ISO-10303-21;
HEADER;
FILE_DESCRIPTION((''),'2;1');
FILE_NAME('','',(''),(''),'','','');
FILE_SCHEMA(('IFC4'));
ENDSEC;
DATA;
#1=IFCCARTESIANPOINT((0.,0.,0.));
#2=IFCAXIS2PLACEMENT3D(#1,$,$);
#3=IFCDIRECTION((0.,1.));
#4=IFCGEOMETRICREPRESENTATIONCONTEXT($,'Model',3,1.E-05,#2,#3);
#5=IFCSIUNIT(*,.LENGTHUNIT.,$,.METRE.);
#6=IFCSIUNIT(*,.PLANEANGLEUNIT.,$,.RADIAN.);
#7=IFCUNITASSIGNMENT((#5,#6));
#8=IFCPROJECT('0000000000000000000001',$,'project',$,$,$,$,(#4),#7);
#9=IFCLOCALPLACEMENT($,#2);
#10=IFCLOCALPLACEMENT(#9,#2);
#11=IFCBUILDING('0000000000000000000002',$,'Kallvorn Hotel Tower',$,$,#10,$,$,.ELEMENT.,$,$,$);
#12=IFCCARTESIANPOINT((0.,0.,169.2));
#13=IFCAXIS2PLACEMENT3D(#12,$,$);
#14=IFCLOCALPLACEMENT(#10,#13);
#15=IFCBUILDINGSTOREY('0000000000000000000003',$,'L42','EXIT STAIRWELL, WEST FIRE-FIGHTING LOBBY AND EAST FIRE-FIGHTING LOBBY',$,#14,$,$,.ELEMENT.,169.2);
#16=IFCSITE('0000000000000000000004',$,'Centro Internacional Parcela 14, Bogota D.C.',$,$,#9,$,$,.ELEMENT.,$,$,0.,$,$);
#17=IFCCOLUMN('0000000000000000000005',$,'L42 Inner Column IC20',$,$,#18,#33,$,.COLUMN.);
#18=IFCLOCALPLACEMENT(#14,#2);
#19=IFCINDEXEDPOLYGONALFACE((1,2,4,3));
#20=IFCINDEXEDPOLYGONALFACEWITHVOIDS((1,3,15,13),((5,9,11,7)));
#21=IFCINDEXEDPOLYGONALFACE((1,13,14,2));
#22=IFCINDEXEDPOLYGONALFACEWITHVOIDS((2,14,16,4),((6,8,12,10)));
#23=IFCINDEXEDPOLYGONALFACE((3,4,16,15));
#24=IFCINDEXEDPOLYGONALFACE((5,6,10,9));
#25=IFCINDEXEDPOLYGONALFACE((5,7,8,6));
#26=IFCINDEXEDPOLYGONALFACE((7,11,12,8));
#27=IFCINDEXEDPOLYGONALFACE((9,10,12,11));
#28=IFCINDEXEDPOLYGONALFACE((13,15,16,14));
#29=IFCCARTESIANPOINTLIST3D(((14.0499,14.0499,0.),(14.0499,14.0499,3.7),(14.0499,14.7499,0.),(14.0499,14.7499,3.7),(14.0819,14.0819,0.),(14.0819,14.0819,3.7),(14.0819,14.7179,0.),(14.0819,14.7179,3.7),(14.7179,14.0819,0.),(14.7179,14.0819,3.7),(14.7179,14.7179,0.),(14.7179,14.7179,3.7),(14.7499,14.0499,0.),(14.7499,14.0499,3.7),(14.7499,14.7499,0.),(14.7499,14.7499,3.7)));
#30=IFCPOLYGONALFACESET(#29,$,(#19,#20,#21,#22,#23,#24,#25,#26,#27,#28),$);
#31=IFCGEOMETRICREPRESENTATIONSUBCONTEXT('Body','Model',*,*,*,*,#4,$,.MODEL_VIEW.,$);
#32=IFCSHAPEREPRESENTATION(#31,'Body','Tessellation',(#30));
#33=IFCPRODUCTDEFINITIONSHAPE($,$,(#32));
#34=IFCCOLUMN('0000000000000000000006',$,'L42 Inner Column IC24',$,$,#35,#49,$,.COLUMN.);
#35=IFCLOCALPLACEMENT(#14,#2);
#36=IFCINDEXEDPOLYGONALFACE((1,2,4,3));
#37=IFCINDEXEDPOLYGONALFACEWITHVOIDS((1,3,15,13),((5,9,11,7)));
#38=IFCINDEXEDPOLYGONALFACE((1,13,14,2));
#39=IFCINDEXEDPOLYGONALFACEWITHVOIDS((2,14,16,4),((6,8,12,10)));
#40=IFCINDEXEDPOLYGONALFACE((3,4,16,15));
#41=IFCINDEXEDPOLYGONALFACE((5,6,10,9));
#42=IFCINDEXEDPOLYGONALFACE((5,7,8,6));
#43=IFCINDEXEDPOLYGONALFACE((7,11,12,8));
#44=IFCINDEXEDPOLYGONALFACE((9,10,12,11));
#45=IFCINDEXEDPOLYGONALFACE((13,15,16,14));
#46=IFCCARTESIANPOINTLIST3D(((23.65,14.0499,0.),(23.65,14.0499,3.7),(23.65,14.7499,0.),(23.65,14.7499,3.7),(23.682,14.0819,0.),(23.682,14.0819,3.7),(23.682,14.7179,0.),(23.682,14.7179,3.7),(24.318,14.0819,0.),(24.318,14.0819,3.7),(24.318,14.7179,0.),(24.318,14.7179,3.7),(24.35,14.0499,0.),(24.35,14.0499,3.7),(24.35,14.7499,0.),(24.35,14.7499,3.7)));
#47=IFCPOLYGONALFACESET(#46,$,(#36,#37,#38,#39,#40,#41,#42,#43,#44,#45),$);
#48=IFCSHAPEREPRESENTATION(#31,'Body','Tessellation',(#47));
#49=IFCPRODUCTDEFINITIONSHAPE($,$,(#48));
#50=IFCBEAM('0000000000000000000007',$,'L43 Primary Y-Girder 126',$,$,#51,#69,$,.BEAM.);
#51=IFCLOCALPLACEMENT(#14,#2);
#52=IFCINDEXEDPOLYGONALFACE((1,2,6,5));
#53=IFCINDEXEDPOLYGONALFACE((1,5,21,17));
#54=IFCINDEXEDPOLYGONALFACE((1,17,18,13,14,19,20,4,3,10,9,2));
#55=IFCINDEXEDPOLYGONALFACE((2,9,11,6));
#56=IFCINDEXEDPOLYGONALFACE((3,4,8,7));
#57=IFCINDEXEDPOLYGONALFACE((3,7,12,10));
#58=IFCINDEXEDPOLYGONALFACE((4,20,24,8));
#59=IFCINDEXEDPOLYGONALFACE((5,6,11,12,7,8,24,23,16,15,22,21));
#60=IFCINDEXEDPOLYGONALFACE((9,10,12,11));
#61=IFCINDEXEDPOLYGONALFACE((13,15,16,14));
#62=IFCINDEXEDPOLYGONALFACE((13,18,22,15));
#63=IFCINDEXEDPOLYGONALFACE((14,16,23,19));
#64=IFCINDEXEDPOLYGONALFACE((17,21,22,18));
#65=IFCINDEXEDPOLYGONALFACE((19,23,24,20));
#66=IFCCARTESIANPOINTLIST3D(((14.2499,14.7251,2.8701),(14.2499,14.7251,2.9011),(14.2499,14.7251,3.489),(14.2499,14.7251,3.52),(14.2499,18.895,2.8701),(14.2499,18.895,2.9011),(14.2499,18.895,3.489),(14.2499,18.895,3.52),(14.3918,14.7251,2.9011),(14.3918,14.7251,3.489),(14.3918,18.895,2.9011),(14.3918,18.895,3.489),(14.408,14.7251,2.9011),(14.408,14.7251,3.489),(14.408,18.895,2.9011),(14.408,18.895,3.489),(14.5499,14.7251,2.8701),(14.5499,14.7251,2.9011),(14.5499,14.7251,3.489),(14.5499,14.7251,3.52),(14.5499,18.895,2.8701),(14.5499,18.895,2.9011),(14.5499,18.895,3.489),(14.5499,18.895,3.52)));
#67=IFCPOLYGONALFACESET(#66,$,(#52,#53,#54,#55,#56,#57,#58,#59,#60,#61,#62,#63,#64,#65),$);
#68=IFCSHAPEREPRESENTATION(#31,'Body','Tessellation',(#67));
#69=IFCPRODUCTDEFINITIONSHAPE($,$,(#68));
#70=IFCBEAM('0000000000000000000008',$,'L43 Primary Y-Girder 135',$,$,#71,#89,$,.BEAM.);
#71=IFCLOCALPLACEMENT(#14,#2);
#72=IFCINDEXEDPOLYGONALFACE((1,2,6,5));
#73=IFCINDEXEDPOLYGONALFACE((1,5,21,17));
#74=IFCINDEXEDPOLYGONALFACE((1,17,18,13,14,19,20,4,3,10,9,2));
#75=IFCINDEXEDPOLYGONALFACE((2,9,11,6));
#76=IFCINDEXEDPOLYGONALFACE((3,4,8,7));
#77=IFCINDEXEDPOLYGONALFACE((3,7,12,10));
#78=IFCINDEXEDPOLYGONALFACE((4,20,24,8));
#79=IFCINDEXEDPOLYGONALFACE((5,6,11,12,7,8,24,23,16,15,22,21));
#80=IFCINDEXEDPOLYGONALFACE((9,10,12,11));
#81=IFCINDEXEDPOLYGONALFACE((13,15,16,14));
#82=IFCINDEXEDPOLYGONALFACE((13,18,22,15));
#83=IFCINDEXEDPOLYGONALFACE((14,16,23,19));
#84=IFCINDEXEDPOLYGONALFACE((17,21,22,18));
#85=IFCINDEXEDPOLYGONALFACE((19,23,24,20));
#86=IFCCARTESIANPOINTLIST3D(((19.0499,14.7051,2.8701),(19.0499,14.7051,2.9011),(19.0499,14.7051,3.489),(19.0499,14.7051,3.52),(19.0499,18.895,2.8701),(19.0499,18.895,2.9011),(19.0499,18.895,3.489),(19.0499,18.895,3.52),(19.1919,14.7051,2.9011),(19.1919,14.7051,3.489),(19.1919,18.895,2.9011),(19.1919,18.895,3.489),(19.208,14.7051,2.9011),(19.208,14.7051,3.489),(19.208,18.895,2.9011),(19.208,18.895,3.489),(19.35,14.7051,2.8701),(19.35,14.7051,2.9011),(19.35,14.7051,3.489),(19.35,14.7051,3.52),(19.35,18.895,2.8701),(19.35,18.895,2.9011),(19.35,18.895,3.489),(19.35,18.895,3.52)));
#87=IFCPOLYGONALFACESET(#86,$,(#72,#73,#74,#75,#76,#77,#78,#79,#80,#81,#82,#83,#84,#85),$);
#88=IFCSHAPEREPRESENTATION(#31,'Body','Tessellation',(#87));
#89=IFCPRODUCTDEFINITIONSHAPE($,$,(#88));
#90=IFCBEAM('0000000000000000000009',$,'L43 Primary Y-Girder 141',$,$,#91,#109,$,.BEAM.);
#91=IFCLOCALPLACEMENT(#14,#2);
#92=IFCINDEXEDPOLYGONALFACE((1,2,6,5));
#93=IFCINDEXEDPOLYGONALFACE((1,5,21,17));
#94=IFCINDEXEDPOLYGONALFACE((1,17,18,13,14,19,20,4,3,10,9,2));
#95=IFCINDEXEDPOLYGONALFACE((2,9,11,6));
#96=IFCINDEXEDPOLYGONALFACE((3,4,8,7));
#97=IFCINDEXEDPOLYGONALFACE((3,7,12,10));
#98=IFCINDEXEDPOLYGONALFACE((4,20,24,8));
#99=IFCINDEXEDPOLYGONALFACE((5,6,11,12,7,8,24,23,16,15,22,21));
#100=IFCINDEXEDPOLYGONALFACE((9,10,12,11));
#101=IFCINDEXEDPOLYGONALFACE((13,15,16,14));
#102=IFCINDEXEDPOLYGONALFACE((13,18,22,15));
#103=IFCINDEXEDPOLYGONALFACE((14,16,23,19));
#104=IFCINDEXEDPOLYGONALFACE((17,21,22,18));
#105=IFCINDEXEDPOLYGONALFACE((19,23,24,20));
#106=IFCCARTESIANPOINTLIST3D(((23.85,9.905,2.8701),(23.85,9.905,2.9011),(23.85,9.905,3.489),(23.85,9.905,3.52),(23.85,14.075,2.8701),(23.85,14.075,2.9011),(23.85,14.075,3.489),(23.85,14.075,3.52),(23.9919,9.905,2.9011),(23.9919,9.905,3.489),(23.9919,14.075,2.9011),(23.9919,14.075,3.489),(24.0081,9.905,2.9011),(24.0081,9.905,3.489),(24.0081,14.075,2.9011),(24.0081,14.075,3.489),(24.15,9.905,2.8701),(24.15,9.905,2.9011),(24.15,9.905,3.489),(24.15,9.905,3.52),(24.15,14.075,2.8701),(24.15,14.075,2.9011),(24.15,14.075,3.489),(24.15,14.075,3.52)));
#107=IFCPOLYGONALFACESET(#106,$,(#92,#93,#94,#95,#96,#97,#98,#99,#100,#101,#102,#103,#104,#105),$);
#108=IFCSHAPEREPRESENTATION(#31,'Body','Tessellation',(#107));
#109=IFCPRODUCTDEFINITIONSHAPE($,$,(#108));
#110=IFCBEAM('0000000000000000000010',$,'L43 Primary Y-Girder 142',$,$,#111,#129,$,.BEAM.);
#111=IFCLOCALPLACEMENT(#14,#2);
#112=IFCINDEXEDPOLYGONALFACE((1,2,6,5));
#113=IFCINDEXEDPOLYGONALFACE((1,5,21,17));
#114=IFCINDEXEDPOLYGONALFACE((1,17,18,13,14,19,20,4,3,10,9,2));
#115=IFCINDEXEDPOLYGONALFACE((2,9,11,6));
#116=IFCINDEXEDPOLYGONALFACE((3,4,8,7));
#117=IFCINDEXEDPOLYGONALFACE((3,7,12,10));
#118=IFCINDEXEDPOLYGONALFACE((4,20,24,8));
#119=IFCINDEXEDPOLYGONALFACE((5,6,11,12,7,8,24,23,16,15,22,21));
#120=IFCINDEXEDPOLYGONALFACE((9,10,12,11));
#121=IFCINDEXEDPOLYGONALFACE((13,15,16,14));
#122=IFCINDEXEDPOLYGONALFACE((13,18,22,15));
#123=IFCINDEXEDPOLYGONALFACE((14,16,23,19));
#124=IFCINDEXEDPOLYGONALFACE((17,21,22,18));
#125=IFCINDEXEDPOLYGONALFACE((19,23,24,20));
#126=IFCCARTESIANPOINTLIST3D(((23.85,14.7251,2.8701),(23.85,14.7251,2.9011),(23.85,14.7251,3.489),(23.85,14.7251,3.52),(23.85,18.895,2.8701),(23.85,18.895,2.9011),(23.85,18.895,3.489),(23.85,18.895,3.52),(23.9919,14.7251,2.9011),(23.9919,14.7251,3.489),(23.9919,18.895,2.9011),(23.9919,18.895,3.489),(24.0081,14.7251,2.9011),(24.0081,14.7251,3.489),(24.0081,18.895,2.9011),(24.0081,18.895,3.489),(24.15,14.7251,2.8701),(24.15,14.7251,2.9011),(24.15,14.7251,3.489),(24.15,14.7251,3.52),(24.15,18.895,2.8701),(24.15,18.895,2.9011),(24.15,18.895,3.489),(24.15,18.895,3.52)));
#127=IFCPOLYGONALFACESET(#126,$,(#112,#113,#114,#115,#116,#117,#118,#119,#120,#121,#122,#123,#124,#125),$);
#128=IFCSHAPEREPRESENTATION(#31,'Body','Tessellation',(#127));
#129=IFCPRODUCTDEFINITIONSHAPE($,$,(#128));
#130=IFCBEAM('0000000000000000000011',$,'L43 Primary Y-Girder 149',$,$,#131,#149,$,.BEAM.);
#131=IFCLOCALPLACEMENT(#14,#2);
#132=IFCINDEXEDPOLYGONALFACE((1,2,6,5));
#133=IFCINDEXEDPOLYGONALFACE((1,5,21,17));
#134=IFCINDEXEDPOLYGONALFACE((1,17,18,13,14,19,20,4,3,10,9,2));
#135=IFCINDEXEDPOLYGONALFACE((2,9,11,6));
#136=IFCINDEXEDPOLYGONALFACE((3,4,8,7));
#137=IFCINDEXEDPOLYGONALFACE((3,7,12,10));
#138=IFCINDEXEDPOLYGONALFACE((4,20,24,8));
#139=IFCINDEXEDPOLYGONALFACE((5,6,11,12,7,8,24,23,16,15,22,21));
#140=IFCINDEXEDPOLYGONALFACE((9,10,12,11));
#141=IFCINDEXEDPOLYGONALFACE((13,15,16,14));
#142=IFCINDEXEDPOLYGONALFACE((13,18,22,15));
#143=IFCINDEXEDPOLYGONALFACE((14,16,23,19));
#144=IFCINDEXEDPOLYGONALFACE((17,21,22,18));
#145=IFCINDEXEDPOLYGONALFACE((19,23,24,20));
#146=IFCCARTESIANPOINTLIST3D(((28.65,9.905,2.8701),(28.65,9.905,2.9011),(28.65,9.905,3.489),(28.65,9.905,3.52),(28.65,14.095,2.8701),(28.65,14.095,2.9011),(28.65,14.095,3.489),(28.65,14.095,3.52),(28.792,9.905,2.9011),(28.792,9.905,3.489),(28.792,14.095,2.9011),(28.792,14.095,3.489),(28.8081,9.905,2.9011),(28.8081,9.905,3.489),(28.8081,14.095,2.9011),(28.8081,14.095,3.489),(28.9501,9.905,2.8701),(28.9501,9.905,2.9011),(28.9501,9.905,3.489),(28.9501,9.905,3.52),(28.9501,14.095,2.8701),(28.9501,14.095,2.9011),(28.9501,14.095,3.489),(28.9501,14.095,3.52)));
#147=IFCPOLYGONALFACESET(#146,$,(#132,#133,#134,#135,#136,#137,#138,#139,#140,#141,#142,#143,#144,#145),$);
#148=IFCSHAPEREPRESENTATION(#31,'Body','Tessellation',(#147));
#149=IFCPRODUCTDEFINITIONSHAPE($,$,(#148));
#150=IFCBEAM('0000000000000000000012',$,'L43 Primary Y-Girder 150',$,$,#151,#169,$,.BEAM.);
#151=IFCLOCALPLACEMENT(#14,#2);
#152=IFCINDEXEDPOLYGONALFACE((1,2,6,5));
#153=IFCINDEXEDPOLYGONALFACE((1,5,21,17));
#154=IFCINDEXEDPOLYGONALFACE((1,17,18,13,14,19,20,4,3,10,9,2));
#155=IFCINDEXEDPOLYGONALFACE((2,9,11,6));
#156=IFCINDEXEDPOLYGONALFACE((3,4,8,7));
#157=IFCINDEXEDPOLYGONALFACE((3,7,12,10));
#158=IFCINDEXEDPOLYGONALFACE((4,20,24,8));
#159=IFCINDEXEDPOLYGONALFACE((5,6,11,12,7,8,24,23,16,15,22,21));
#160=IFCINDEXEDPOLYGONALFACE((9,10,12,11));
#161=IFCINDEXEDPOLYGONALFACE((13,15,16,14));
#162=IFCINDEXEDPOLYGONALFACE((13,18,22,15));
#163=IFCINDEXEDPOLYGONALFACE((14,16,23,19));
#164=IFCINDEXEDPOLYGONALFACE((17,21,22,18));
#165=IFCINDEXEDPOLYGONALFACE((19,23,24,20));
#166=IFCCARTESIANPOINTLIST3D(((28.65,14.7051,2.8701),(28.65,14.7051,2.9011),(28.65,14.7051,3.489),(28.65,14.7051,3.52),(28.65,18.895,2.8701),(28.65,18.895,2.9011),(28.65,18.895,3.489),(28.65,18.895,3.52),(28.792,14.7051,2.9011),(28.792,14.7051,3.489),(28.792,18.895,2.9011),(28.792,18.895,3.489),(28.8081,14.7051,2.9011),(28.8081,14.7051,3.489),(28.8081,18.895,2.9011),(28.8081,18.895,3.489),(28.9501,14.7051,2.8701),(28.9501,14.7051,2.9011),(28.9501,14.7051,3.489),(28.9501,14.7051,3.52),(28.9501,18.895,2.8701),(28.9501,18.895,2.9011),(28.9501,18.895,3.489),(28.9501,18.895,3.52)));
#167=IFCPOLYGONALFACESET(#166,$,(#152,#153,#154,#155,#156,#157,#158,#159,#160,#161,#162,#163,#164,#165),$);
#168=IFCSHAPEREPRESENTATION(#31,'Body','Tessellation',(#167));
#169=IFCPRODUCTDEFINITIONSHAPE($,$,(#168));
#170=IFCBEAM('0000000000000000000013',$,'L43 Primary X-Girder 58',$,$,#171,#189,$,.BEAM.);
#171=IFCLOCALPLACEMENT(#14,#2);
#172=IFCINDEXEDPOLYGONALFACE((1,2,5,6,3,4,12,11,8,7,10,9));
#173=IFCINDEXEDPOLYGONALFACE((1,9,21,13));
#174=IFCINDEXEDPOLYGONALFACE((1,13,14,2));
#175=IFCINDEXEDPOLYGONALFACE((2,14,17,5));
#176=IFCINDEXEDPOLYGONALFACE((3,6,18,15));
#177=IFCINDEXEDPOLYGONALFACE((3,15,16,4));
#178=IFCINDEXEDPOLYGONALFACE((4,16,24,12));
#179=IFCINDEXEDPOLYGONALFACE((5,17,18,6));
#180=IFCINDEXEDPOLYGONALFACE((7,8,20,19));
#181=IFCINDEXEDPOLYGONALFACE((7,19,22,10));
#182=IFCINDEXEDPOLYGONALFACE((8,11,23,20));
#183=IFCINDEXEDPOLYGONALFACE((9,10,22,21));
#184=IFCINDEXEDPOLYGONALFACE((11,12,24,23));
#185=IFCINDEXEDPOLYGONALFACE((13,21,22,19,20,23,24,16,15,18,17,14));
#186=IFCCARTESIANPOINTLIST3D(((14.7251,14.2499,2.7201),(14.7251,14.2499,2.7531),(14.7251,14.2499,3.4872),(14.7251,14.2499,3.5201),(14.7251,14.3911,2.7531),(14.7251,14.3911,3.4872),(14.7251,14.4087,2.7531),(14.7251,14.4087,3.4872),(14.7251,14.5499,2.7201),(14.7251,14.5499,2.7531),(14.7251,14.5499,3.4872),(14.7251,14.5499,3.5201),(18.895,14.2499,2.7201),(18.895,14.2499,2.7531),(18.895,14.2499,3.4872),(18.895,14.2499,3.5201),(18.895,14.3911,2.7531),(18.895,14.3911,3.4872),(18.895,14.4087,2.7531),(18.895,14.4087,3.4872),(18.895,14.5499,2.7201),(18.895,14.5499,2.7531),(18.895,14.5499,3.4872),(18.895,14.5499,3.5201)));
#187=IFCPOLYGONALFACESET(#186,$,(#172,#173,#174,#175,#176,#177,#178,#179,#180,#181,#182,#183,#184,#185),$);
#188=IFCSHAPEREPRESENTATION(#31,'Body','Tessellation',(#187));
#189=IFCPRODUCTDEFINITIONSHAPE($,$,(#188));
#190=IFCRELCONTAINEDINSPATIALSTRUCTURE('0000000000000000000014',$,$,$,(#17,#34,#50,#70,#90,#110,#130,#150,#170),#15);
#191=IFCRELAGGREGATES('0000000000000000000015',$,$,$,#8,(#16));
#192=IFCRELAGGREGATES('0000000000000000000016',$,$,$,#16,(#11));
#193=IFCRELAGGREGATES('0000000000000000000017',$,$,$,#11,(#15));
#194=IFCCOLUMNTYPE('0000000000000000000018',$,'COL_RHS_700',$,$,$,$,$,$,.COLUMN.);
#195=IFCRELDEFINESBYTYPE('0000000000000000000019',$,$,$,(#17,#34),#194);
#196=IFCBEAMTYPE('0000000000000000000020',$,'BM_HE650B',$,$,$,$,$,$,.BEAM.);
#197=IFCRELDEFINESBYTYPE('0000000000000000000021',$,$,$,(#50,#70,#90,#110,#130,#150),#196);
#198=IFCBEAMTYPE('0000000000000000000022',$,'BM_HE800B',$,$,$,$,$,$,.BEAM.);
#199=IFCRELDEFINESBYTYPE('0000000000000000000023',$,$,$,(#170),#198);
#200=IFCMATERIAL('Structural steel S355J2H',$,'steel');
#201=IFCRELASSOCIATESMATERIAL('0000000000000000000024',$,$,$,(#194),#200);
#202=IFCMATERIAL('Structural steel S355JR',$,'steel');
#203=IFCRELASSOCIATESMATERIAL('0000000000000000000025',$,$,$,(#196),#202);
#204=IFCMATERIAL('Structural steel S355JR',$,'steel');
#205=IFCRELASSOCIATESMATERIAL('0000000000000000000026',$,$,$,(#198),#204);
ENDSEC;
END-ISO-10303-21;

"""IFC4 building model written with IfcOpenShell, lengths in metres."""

from ifc_helpers import new_model, si_unit, direction, frame, origin, origin_2d, place, context, subcontext, project, spatial, hollow_rectangle, i_section, extrude, material, material_profile, profile_set, type_object, element, save


model = new_model("IFC4")

# Units and contexts
model_context = context("Model", 3, precision=1e-05, world=origin(), true_north=direction((0.0, 1.0)))
body_context = subcontext(model_context, "Body", "Model", "MODEL_VIEW")
ifc_project = project(units=[si_unit("LENGTHUNIT", "METRE"), si_unit("PLANEANGLEUNIT", "RADIAN")], contexts=[model_context])

# Site, building, storey
site_placement = place(None, origin())
site = spatial("IfcSite", under=ifc_project, at=site_placement, Name="Centro Internacional Parcela 14, Bogota D.C.", CompositionType="ELEMENT", RefElevation=0.0)
building_placement = place(site_placement, origin())
building = spatial("IfcBuilding", under=site, at=building_placement, Name="Kallvorn Hotel Tower", CompositionType="ELEMENT")
storey_placement = place(building_placement, frame((0.0, 0.0, 169.2)))
storey = spatial("IfcBuildingStorey", under=building, at=storey_placement, Name="L42", Description="EXIT STAIRWELL, WEST FIRE-FIGHTING LOBBY AND EAST FIRE-FIGHTING LOBBY", CompositionType="ELEMENT", Elevation=169.2)

# Columns
ifc_material_1 = material(Name="Structural steel S355J2H", Category="steel")
ifc_material_profile_1 = material_profile(ifc_material_1, hollow_rectangle(XDim=0.7, YDim=0.7, WallThickness=0.032, at=origin_2d()), Name="RHS 700x700x32")
ifc_profile_set_1 = profile_set([ifc_material_profile_1], Name="Structural steel S355J2H")
column_type_1 = type_object("IfcColumnType", Name="COL_RHS_700", PredefinedType="COLUMN", material=ifc_profile_set_1)
for number, where, z_axis, x_axis, name in (
    (1, (14.3999, 14.3999, 0.0), (0.0, 0.0, 1.0), (1.0, 0.0, 0.0), "L42 Inner Column IC20"),
    (2, (24.0, 14.3999, 0.0), (0.0, 0.0, 1.0), (1.0, 0.0, 0.0), "L42 Inner Column IC24"),
):
    element("IfcColumn", number, at=place(storey_placement, frame(where, z_axis=z_axis, x_axis=x_axis)), inside=storey, type_object=column_type_1, Name=name, PredefinedType="COLUMN", context=body_context, shape_type="SweptSolid", body=[
        extrude(hollow_rectangle(XDim=0.7, YDim=0.7, WallThickness=0.032, at=origin_2d()), origin(), (0.0, 0.0, 1.0), 3.7),
    ])

# Beams
ifc_material_2 = material(Name="Structural steel S355JR", Category="steel")
ifc_material_profile_2 = material_profile(ifc_material_2, i_section(OverallWidth=0.3, OverallDepth=0.6499, WebThickness=0.0161, FlangeThickness=0.031, at=origin_2d()), Name="HE 650 B")
ifc_profile_set_2 = profile_set([ifc_material_profile_2], Name="Structural steel S355JR")
beam_type_1 = type_object("IfcBeamType", Name="BM_HE650B", PredefinedType="BEAM", material=ifc_profile_set_2)
beam_1_placement = place(storey_placement, frame((14.3999, 14.7251, 3.1951), z_axis=(0.0, 1.0, 0.0), x_axis=(-1.0, 0.0, 0.0)))
element("IfcBeam", 3, at=beam_1_placement, inside=storey, type_object=beam_type_1, Name="L43 Primary Y-Girder 126", PredefinedType="BEAM", context=body_context, shape_type="SweptSolid", body=[
    extrude(i_section(OverallWidth=0.3, OverallDepth=0.6499, WebThickness=0.0161, FlangeThickness=0.031, at=origin_2d()), origin(), (0.0, 0.0, 1.0), 4.1699),
])
beam_2_placement = place(storey_placement, frame((19.2, 14.7051, 3.1951), z_axis=(0.0, 1.0, 0.0), x_axis=(-1.0, 0.0, 0.0)))
element("IfcBeam", 4, at=beam_2_placement, inside=storey, type_object=beam_type_1, Name="L43 Primary Y-Girder 135", PredefinedType="BEAM", context=body_context, shape_type="SweptSolid", body=[
    extrude(i_section(OverallWidth=0.3, OverallDepth=0.6499, WebThickness=0.0161, FlangeThickness=0.031, at=origin_2d()), origin(), (0.0, 0.0, 1.0), 4.1899),
])
for number, where, z_axis, x_axis, name in (
    (5, (24.0, 9.905, 3.1951), (0.0, 1.0, 0.0), (-1.0, 0.0, 0.0), "L43 Primary Y-Girder 141"),
    (6, (24.0, 14.7251, 3.1951), (0.0, 1.0, 0.0), (-1.0, 0.0, 0.0), "L43 Primary Y-Girder 142"),
):
    element("IfcBeam", number, at=place(storey_placement, frame(where, z_axis=z_axis, x_axis=x_axis)), inside=storey, type_object=beam_type_1, Name=name, PredefinedType="BEAM", context=body_context, shape_type="SweptSolid", body=[
        extrude(i_section(OverallWidth=0.3, OverallDepth=0.6499, WebThickness=0.0161, FlangeThickness=0.031, at=origin_2d()), origin(), (0.0, 0.0, 1.0), 4.1699),
    ])
for number, where, z_axis, x_axis, name in (
    (7, (28.8, 9.905, 3.1951), (0.0, 1.0, 0.0), (-1.0, 0.0, 0.0), "L43 Primary Y-Girder 149"),
    (8, (28.8, 14.7051, 3.1951), (0.0, 1.0, 0.0), (-1.0, 0.0, 0.0), "L43 Primary Y-Girder 150"),
):
    element("IfcBeam", number, at=place(storey_placement, frame(where, z_axis=z_axis, x_axis=x_axis)), inside=storey, type_object=beam_type_1, Name=name, PredefinedType="BEAM", context=body_context, shape_type="SweptSolid", body=[
        extrude(i_section(OverallWidth=0.3, OverallDepth=0.6499, WebThickness=0.0161, FlangeThickness=0.031, at=origin_2d()), origin(), (0.0, 0.0, 1.0), 4.1899),
    ])
ifc_material_3 = material(Name="Structural steel S355JR", Category="steel")
ifc_material_profile_3 = material_profile(ifc_material_3, i_section(OverallWidth=0.3, OverallDepth=0.8, WebThickness=0.0176, FlangeThickness=0.033, at=origin_2d()), Name="HE 800 B")
ifc_profile_set_3 = profile_set([ifc_material_profile_3], Name="Structural steel S355JR")
beam_type_2 = type_object("IfcBeamType", Name="BM_HE800B", PredefinedType="BEAM", material=ifc_profile_set_3)
beam_3_placement = place(storey_placement, frame((14.7251, 14.3999, 3.1201), z_axis=(1.0, 0.0, 0.0), x_axis=(0.0, 1.0, 0.0)))
element("IfcBeam", 9, at=beam_3_placement, inside=storey, type_object=beam_type_2, Name="L43 Primary X-Girder 58", PredefinedType="BEAM", context=body_context, shape_type="SweptSolid", body=[
    extrude(i_section(OverallWidth=0.3, OverallDepth=0.8, WebThickness=0.0176, FlangeThickness=0.033, at=origin_2d()), origin(), (0.0, 0.0, 1.0), 4.1699),
])

save(model, "model.ifc")
